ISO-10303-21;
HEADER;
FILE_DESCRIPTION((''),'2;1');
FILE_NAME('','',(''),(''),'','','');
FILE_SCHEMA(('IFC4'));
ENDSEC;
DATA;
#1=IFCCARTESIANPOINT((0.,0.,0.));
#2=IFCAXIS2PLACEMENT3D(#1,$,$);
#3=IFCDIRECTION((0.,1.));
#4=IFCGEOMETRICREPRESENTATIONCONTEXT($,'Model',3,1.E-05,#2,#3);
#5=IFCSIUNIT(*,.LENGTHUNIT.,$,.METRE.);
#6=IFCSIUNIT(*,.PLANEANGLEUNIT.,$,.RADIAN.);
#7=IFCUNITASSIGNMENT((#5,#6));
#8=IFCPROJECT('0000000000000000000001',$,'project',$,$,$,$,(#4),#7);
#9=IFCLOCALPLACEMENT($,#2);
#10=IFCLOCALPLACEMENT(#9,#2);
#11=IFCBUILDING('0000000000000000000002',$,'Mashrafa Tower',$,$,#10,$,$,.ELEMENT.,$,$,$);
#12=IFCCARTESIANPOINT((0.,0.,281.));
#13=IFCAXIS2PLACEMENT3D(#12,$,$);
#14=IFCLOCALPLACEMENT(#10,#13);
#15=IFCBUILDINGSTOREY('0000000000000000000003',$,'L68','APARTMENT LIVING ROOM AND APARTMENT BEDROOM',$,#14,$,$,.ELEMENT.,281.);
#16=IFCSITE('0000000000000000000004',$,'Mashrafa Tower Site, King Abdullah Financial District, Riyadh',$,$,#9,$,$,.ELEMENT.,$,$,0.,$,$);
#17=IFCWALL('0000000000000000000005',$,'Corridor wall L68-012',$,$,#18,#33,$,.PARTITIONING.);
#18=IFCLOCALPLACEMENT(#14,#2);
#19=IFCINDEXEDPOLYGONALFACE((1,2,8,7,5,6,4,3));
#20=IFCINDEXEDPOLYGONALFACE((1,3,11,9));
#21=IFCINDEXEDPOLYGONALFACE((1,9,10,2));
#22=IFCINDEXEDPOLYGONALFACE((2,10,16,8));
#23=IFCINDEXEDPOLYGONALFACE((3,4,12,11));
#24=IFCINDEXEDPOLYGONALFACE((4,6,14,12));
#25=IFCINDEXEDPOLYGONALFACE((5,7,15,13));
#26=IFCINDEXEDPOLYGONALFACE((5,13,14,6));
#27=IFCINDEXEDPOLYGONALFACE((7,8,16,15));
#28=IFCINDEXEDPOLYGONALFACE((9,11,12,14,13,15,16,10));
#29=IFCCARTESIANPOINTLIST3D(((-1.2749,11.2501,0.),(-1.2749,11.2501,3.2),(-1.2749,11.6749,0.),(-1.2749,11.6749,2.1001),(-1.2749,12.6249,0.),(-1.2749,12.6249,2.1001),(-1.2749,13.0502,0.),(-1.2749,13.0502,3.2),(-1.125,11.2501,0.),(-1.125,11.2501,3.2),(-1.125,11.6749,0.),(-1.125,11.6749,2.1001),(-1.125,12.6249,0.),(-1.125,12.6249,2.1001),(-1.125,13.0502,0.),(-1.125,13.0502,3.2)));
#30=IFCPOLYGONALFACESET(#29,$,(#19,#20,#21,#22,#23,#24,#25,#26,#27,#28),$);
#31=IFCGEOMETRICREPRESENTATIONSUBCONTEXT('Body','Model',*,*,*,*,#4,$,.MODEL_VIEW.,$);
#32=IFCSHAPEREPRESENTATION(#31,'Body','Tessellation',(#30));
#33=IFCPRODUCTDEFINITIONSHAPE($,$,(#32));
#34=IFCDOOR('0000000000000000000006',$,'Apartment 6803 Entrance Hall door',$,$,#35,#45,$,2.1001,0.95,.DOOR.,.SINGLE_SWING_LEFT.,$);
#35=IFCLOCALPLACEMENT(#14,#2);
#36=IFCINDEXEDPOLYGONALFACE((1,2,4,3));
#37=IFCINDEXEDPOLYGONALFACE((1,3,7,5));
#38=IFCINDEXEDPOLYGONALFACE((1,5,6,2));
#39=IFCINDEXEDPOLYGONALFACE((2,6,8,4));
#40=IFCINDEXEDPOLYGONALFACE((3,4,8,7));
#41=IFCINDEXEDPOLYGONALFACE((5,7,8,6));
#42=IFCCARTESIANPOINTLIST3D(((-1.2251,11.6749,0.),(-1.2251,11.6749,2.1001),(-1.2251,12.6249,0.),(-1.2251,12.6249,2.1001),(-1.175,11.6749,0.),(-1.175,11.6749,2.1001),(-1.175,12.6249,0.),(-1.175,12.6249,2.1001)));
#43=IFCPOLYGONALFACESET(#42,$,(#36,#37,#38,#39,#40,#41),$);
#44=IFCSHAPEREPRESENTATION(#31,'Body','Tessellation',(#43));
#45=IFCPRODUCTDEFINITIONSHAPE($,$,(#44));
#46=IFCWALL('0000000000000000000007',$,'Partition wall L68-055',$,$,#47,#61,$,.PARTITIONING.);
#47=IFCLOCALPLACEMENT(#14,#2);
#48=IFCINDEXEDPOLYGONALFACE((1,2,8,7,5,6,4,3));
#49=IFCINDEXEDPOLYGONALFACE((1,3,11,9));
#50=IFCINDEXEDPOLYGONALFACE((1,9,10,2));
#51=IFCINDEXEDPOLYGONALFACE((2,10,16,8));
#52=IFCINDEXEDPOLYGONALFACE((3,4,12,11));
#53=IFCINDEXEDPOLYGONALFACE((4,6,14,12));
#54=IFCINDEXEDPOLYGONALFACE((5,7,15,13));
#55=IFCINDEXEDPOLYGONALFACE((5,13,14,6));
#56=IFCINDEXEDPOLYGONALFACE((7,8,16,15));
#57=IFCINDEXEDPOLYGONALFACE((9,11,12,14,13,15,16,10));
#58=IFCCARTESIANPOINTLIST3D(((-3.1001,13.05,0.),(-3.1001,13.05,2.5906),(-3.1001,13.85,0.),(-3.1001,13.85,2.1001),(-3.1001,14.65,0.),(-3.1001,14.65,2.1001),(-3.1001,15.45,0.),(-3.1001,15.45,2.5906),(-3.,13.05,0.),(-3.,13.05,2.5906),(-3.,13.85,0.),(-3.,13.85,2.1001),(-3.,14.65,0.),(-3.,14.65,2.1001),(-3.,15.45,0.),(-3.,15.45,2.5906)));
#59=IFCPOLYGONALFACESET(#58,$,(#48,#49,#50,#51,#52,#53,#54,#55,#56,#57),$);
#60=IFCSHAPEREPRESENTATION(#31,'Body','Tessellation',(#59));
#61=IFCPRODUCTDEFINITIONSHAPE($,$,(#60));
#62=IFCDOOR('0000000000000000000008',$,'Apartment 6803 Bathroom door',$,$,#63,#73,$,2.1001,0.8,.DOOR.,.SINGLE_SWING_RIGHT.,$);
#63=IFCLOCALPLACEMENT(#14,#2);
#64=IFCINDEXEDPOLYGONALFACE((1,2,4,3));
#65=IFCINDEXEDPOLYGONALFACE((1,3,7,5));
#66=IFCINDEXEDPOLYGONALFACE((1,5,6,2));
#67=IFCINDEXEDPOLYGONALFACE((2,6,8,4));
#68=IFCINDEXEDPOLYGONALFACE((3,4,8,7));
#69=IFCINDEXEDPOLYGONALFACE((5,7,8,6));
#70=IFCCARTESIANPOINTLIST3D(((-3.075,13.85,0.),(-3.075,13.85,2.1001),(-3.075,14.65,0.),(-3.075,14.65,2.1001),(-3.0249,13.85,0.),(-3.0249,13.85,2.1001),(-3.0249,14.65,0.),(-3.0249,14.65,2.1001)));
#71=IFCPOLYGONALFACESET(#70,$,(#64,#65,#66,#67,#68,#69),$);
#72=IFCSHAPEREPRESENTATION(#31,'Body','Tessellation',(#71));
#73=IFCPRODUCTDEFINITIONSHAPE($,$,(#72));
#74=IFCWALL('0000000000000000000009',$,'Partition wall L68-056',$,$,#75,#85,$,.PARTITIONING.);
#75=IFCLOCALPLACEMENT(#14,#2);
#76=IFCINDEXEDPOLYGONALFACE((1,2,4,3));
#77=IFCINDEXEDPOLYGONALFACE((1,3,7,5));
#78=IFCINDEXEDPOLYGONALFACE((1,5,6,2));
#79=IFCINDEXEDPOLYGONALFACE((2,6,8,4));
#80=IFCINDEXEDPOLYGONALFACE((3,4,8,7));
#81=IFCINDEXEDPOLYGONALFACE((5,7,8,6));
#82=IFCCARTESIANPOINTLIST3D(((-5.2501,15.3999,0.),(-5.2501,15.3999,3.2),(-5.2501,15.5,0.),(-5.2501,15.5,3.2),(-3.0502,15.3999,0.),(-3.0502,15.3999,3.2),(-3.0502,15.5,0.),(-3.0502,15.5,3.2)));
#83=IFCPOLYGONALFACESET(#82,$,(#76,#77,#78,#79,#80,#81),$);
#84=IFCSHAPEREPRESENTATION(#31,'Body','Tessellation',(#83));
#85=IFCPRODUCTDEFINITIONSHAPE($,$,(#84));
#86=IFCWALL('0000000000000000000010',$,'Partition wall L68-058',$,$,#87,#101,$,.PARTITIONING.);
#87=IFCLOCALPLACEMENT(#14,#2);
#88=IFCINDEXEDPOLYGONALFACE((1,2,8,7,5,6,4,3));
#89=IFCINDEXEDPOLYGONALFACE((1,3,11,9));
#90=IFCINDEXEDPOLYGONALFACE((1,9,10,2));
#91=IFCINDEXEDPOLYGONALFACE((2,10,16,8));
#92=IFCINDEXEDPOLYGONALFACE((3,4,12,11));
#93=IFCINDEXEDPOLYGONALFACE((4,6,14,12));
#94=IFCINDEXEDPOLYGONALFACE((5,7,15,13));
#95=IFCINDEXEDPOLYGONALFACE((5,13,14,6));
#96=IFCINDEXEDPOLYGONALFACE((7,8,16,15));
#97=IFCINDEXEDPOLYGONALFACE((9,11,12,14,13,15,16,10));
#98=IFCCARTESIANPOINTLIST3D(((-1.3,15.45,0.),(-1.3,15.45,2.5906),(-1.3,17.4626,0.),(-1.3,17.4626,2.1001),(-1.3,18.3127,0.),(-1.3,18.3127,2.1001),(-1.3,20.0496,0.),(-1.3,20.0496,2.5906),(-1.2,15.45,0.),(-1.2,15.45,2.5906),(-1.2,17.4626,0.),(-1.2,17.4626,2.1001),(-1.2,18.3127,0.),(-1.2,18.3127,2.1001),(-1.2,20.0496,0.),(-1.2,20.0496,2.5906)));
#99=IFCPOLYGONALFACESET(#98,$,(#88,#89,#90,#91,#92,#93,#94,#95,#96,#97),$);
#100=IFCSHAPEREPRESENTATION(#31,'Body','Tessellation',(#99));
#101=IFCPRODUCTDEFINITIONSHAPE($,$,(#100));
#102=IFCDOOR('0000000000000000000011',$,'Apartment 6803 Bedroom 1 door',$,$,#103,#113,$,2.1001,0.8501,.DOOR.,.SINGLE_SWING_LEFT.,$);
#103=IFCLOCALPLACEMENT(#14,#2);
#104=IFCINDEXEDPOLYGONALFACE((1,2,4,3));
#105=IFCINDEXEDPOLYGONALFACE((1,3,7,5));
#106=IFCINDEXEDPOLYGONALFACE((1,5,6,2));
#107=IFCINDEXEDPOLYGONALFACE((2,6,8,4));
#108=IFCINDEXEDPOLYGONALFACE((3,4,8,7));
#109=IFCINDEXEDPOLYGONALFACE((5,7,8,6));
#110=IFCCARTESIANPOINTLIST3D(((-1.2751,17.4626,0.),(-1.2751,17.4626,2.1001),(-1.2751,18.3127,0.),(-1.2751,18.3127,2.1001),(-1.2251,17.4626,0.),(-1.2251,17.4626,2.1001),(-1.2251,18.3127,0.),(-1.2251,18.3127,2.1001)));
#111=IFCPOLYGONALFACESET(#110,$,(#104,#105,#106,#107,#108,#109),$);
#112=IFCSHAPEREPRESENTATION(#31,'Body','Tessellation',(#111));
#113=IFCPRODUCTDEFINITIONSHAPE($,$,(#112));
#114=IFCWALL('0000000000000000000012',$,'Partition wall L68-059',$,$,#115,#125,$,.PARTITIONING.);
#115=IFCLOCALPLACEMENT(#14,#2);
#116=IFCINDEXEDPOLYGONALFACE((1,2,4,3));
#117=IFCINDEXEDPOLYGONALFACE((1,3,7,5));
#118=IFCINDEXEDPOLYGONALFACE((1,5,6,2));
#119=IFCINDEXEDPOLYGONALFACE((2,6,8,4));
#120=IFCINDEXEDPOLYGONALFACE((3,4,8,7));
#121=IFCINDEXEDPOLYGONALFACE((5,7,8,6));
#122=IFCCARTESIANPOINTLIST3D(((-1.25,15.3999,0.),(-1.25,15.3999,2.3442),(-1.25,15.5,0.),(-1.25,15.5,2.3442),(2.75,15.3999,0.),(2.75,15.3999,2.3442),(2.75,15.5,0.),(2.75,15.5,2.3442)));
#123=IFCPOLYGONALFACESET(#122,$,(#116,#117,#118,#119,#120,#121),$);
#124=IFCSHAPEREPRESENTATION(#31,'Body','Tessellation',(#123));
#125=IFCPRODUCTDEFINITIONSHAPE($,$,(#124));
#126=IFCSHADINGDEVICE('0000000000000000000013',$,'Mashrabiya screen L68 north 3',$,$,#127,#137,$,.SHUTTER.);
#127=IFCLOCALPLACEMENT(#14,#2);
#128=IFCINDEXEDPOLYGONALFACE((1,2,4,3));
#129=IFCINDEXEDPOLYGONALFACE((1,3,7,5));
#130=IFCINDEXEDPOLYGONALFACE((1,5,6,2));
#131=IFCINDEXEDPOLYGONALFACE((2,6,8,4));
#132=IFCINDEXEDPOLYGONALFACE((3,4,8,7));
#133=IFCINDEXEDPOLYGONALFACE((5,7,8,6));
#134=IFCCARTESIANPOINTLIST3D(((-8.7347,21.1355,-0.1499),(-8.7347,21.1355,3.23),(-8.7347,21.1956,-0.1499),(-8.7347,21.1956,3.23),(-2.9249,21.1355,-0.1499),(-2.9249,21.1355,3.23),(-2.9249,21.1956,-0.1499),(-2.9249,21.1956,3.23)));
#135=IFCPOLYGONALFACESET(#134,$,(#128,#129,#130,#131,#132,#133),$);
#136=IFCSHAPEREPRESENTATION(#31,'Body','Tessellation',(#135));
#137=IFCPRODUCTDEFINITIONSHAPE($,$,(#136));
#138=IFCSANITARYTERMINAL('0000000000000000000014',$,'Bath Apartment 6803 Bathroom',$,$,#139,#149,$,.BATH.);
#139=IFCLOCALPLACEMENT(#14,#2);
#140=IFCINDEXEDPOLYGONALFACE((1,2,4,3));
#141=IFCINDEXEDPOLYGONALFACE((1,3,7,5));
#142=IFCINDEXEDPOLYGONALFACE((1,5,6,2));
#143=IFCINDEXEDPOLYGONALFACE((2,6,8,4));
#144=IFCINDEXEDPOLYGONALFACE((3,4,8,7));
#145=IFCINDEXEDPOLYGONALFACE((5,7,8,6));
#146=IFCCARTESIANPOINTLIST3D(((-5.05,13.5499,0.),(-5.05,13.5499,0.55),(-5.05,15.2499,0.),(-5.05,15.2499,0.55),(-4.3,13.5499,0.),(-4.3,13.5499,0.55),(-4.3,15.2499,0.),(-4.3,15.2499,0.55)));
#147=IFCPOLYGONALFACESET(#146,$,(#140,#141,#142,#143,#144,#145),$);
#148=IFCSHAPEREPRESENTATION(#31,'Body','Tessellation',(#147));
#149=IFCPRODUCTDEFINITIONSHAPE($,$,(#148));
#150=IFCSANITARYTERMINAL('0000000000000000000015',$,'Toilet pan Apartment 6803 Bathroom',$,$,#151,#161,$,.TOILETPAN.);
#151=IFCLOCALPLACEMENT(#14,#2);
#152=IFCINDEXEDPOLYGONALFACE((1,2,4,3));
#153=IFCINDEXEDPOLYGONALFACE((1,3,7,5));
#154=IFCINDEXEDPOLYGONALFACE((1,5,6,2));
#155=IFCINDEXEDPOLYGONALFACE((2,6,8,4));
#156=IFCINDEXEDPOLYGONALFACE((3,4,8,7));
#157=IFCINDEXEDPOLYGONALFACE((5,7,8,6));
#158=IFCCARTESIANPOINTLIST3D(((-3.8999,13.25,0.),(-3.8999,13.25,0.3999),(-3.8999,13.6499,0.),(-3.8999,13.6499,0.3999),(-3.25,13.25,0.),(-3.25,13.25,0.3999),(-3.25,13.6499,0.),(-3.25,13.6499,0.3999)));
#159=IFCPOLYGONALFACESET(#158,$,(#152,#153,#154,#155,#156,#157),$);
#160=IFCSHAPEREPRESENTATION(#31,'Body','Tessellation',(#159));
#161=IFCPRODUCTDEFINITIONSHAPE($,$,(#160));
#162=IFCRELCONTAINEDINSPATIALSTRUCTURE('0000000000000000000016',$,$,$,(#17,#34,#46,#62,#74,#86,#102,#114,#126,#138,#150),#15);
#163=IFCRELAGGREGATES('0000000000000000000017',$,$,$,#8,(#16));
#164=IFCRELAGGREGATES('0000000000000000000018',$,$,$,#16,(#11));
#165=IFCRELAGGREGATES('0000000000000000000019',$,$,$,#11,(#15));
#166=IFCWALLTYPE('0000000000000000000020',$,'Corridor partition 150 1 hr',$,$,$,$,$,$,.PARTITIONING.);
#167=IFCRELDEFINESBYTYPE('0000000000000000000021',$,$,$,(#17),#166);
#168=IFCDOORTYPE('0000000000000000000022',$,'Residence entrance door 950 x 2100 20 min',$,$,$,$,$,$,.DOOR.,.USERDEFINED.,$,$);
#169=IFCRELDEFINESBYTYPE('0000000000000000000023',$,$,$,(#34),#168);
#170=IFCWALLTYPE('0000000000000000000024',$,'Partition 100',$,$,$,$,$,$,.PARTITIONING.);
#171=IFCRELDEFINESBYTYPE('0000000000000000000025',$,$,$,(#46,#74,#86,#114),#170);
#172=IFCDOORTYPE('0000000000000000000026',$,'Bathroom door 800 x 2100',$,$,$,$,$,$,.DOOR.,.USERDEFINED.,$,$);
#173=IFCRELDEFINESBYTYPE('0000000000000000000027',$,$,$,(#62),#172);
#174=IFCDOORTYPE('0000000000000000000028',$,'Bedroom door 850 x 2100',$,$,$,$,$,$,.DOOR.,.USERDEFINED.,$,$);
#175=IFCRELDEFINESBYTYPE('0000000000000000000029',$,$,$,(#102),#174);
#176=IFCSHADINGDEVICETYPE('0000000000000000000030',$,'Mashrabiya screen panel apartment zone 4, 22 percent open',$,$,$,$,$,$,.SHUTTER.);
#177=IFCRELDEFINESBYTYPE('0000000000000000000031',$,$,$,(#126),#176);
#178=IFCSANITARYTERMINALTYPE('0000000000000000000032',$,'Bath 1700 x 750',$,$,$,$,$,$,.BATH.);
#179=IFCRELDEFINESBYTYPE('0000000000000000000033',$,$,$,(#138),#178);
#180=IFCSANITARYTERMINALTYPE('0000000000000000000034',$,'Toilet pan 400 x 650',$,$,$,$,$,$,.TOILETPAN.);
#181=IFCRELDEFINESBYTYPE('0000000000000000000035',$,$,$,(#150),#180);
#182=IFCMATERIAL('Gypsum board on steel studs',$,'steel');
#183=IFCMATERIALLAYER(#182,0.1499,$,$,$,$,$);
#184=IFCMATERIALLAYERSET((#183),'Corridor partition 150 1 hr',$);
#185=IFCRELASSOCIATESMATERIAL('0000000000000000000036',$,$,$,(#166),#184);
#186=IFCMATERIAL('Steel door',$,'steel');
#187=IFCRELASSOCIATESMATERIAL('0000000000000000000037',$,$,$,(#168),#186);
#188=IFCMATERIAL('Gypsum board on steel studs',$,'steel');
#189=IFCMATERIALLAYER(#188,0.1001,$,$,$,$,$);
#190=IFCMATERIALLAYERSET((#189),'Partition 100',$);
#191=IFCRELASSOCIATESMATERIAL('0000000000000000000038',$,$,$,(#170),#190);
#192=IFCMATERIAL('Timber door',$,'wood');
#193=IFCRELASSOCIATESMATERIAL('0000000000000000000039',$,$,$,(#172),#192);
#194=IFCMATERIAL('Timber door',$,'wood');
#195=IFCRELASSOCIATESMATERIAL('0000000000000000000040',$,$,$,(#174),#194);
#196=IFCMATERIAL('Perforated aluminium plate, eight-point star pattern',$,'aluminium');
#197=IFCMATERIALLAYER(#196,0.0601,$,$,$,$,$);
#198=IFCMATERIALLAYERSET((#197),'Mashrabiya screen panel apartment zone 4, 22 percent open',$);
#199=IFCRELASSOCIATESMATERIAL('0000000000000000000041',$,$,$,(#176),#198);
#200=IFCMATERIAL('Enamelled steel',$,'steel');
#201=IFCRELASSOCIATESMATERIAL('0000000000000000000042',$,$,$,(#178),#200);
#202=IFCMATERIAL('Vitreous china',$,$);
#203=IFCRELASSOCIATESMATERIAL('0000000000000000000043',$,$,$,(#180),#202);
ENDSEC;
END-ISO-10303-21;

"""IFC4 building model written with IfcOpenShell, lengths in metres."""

from ifc_helpers import new_model, si_unit, direction, frame, frame_2d, origin, origin_2d, place, context, subcontext, project, spatial, rectangle, extrude, source, transform, mapped, material, layer, layer_set, type_object, type_shapes, element, fill, save


model = new_model("IFC4")

# Units and contexts
model_context = context("Model", 3, precision=1e-05, world=origin(), true_north=direction((0.0, 1.0)))
body_context = subcontext(model_context, "Body", "Model", "MODEL_VIEW")
ifc_project = project(units=[si_unit("LENGTHUNIT", "METRE"), si_unit("PLANEANGLEUNIT", "RADIAN")], contexts=[model_context])

# Site, building, storey
site_placement = place(None, origin())
site = spatial("IfcSite", under=ifc_project, at=site_placement, Name="Mashrafa Tower Site, King Abdullah Financial District, Riyadh", CompositionType="ELEMENT", RefElevation=0.0)
building_placement = place(site_placement, origin())
building = spatial("IfcBuilding", under=site, at=building_placement, Name="Mashrafa Tower", CompositionType="ELEMENT")
storey_placement = place(building_placement, frame((0.0, 0.0, 281.0)))
storey = spatial("IfcBuildingStorey", under=building, at=storey_placement, Name="L68", Description="APARTMENT LIVING ROOM AND APARTMENT BEDROOM", CompositionType="ELEMENT", Elevation=281.0)

# Walls, openings, doors
ifc_material_1 = material(Name="Gypsum board on steel studs", Category="steel")
ifc_layer_1 = layer(ifc_material_1, 0.1499)
ifc_layer_set_1 = layer_set([ifc_layer_1], Name="Corridor partition 150 1 hr")
wall_type_1 = type_object("IfcWallType", Name="Corridor partition 150 1 hr", PredefinedType="PARTITIONING", material=ifc_layer_set_1)
wall_1_placement = place(storey_placement, frame((-1.2, 13.05, 0.0), z_axis=(0.0, 0.0, 1.0), x_axis=(0.0, -1.0, 0.0)))
wall_1 = element("IfcWall", 1, at=wall_1_placement, inside=storey, type_object=wall_type_1, Name="Corridor wall L68-012", PredefinedType="PARTITIONING", context=body_context, shape_type="SweptSolid", body=[
    extrude(rectangle(XDim=1.8, YDim=0.1499, at=frame_2d((0.8999, 0.0))), origin(), (0.0, 0.0, 1.0), 3.2),
])
opening_1_placement = place(wall_1_placement, frame((0.425, 0.0, 0.0)))
opening_1 = element("IfcOpeningElement", 2, at=opening_1_placement, cuts=wall_1, PredefinedType="OPENING", context=body_context, shape_type="SweptSolid", body=[
    extrude(rectangle(XDim=0.95, YDim=2.1001, at=frame_2d((0.4751, 1.05))), frame((0.0, 0.085, 0.0), z_axis=(0.0, -1.0, 0.0), x_axis=(1.0, 0.0, 0.0)), (0.0, 0.0, 1.0), 0.1699),
])
ifc_material_2 = material(Name="Steel door", Category="steel")
door_type_1 = type_object("IfcDoorType", Name="Residence entrance door 950 x 2100 20 min", OperationType="USERDEFINED", PredefinedType="DOOR", material=ifc_material_2)
door_1_placement = place(opening_1_placement, origin())
door_1 = element("IfcDoor", 3, at=door_1_placement, inside=storey, type_object=door_type_1, Name="Apartment 6803 Entrance Hall door", OperationType="SINGLE_SWING_LEFT", OverallHeight=2.1001, OverallWidth=0.95, PredefinedType="DOOR", context=body_context, shape_type="SweptSolid", body=[
    extrude(rectangle(XDim=0.95, YDim=2.1001, at=frame_2d((0.4751, 1.05))), frame((0.0, 0.0249, 0.0), z_axis=(0.0, -1.0, 0.0), x_axis=(1.0, 0.0, 0.0)), (0.0, 0.0, 1.0), 0.05),
])
fill(opening_1, door_1)
ifc_material_3 = material(Name="Gypsum board on steel studs", Category="steel")
ifc_layer_2 = layer(ifc_material_3, 0.1001)
ifc_layer_set_2 = layer_set([ifc_layer_2], Name="Partition 100")
wall_type_2 = type_object("IfcWallType", Name="Partition 100", PredefinedType="PARTITIONING", material=ifc_layer_set_2)
wall_2_placement = place(storey_placement, frame((-3.05, 13.05, 0.0), z_axis=(0.0, 0.0, 1.0), x_axis=(0.0, 1.0, 0.0)))
wall_2 = element("IfcWall", 4, at=wall_2_placement, inside=storey, type_object=wall_type_2, Name="Partition wall L68-055", PredefinedType="PARTITIONING", context=body_context, shape_type="SweptSolid", body=[
    extrude(rectangle(XDim=2.3999, YDim=0.1001, at=frame_2d((1.2, 0.0))), origin(), (0.0, 0.0, 1.0), 2.5906),
])
opening_2_placement = place(wall_2_placement, frame((0.8, 0.0, 0.0)))
opening_2 = element("IfcOpeningElement", 5, at=opening_2_placement, cuts=wall_2, PredefinedType="OPENING", context=body_context, shape_type="SweptSolid", body=[
    extrude(rectangle(XDim=0.8, YDim=2.1001, at=frame_2d((0.3999, 1.05))), frame((0.0, 0.0601, 0.0), z_axis=(0.0, -1.0, 0.0), x_axis=(1.0, 0.0, 0.0)), (0.0, 0.0, 1.0), 0.1201),
])
ifc_material_4 = material(Name="Timber door", Category="wood")
door_type_2 = type_object("IfcDoorType", Name="Bathroom door 800 x 2100", OperationType="USERDEFINED", PredefinedType="DOOR", material=ifc_material_4)
door_2_placement = place(opening_2_placement, origin())
door_2 = element("IfcDoor", 6, at=door_2_placement, inside=storey, type_object=door_type_2, Name="Apartment 6803 Bathroom door", OperationType="SINGLE_SWING_RIGHT", OverallHeight=2.1001, OverallWidth=0.8, PredefinedType="DOOR", context=body_context, shape_type="SweptSolid", body=[
    extrude(rectangle(XDim=0.8, YDim=2.1001, at=frame_2d((0.3999, 1.05))), frame((0.0, 0.0249, 0.0), z_axis=(0.0, -1.0, 0.0), x_axis=(1.0, 0.0, 0.0)), (0.0, 0.0, 1.0), 0.05),
])
fill(opening_2, door_2)

# Wall
wall_3_placement = place(storey_placement, frame((-3.05, 15.45, 0.0), z_axis=(0.0, 0.0, 1.0), x_axis=(-1.0, 0.0, 0.0)))
element("IfcWall", 7, at=wall_3_placement, inside=storey, type_object=wall_type_2, Name="Partition wall L68-056", PredefinedType="PARTITIONING", context=body_context, shape_type="SweptSolid", body=[
    extrude(rectangle(XDim=2.2, YDim=0.1001, at=frame_2d((1.1001, 0.0))), origin(), (0.0, 0.0, 1.0), 3.2),
])

# Wall, opening, door
wall_4_placement = place(storey_placement, frame((-1.25, 20.0496, 0.0), z_axis=(0.0, 0.0, 1.0), x_axis=(0.0, -1.0, 0.0)))
wall_4 = element("IfcWall", 8, at=wall_4_placement, inside=storey, type_object=wall_type_2, Name="Partition wall L68-058", PredefinedType="PARTITIONING", context=body_context, shape_type="SweptSolid", body=[
    extrude(rectangle(XDim=4.5996, YDim=0.1001, at=frame_2d((2.2998, 0.0))), origin(), (0.0, 0.0, 1.0), 2.5906),
])
opening_3_placement = place(wall_4_placement, frame((1.7368, 0.0, 0.0)))
opening_3 = element("IfcOpeningElement", 9, at=opening_3_placement, cuts=wall_4, PredefinedType="OPENING", context=body_context, shape_type="SweptSolid", body=[
    extrude(rectangle(XDim=0.8501, YDim=2.1001, at=frame_2d((0.425, 1.05))), frame((0.0, 0.0601, 0.0), z_axis=(0.0, -1.0, 0.0), x_axis=(1.0, 0.0, 0.0)), (0.0, 0.0, 1.0), 0.1201),
])
ifc_material_5 = material(Name="Timber door", Category="wood")
door_type_3 = type_object("IfcDoorType", Name="Bedroom door 850 x 2100", OperationType="USERDEFINED", PredefinedType="DOOR", material=ifc_material_5)
door_3_placement = place(opening_3_placement, origin())
door_3 = element("IfcDoor", 10, at=door_3_placement, inside=storey, type_object=door_type_3, Name="Apartment 6803 Bedroom 1 door", OperationType="SINGLE_SWING_LEFT", OverallHeight=2.1001, OverallWidth=0.8501, PredefinedType="DOOR", context=body_context, shape_type="SweptSolid", body=[
    extrude(rectangle(XDim=0.8501, YDim=2.1001, at=frame_2d((0.425, 1.05))), frame((0.0, 0.0249, 0.0), z_axis=(0.0, -1.0, 0.0), x_axis=(1.0, 0.0, 0.0)), (0.0, 0.0, 1.0), 0.05),
])
fill(opening_3, door_3)

# Wall
wall_5_placement = place(storey_placement, frame((-1.25, 15.45, 0.0), z_axis=(0.0, 0.0, 1.0), x_axis=(1.0, 0.0, 0.0)))
element("IfcWall", 11, at=wall_5_placement, inside=storey, type_object=wall_type_2, Name="Partition wall L68-059", PredefinedType="PARTITIONING", context=body_context, shape_type="SweptSolid", body=[
    extrude(rectangle(XDim=4.0, YDim=0.1001, at=frame_2d((2.0, 0.0))), origin(), (0.0, 0.0, 1.0), 2.3442),
])

# Shading device
ifc_material_6 = material(Name="Perforated aluminium plate, eight-point star pattern", Category="aluminium")
ifc_layer_3 = layer(ifc_material_6, 0.0601)
ifc_layer_set_3 = layer_set([ifc_layer_3], Name="Mashrabiya screen panel apartment zone 4, 22 percent open")
shading_device_type = type_object("IfcShadingDeviceType", Name="Mashrabiya screen panel apartment zone 4, 22 percent open", PredefinedType="SHUTTER", material=ifc_layer_set_3)
shared_shape_1 = source(origin(), body_context, "Body", "SweptSolid", [
    extrude(rectangle(XDim=5.8098, YDim=0.0601, at=origin_2d()), origin(), (0.0, 0.0, 1.0), 3.3799),
])
type_shapes(shading_device_type, [shared_shape_1])
shading_device_placement = place(storey_placement, frame((-5.8298, 21.1655, -0.1499), z_axis=(0.0, 0.0, 1.0), x_axis=(-1.0, 0.0, 0.0)))
element("IfcShadingDevice", 12, at=shading_device_placement, inside=storey, type_object=shading_device_type, Name="Mashrabiya screen L68 north 3", PredefinedType="SHUTTER", context=body_context, shape_type="MappedRepresentation", body=[
    mapped(shared_shape_1, transform((0.0, 0.0, 0.0))),
])

# Sanitary terminals
ifc_material_7 = material(Name="Enamelled steel", Category="steel")
sanitary_terminal_type_1 = type_object("IfcSanitaryTerminalType", Name="Bath 1700 x 750", PredefinedType="BATH", material=ifc_material_7)
sanitary_terminal_1_placement = place(storey_placement, frame((-4.675, 14.3999, 0.0), z_axis=(0.0, 0.0, 1.0), x_axis=(0.0, -1.0, 0.0)))
element("IfcSanitaryTerminal", 13, at=sanitary_terminal_1_placement, inside=storey, type_object=sanitary_terminal_type_1, Name="Bath Apartment 6803 Bathroom", PredefinedType="BATH", context=body_context, shape_type="SweptSolid", body=[
    extrude(rectangle(XDim=1.7, YDim=0.75, at=origin_2d()), origin(), (0.0, 0.0, 1.0), 0.55),
])
ifc_material_8 = material(Name="Vitreous china")
sanitary_terminal_type_2 = type_object("IfcSanitaryTerminalType", Name="Toilet pan 400 x 650", PredefinedType="TOILETPAN", material=ifc_material_8)
sanitary_terminal_2_placement = place(storey_placement, frame((-3.575, 13.45, 0.0), z_axis=(0.0, 0.0, 1.0), x_axis=(0.0, 1.0, 0.0)))
element("IfcSanitaryTerminal", 14, at=sanitary_terminal_2_placement, inside=storey, type_object=sanitary_terminal_type_2, Name="Toilet pan Apartment 6803 Bathroom", PredefinedType="TOILETPAN", context=body_context, shape_type="SweptSolid", body=[
    extrude(rectangle(XDim=0.3999, YDim=0.6499, at=origin_2d()), origin(), (0.0, 0.0, 1.0), 0.3999),
])

save(model, "model.ifc")
